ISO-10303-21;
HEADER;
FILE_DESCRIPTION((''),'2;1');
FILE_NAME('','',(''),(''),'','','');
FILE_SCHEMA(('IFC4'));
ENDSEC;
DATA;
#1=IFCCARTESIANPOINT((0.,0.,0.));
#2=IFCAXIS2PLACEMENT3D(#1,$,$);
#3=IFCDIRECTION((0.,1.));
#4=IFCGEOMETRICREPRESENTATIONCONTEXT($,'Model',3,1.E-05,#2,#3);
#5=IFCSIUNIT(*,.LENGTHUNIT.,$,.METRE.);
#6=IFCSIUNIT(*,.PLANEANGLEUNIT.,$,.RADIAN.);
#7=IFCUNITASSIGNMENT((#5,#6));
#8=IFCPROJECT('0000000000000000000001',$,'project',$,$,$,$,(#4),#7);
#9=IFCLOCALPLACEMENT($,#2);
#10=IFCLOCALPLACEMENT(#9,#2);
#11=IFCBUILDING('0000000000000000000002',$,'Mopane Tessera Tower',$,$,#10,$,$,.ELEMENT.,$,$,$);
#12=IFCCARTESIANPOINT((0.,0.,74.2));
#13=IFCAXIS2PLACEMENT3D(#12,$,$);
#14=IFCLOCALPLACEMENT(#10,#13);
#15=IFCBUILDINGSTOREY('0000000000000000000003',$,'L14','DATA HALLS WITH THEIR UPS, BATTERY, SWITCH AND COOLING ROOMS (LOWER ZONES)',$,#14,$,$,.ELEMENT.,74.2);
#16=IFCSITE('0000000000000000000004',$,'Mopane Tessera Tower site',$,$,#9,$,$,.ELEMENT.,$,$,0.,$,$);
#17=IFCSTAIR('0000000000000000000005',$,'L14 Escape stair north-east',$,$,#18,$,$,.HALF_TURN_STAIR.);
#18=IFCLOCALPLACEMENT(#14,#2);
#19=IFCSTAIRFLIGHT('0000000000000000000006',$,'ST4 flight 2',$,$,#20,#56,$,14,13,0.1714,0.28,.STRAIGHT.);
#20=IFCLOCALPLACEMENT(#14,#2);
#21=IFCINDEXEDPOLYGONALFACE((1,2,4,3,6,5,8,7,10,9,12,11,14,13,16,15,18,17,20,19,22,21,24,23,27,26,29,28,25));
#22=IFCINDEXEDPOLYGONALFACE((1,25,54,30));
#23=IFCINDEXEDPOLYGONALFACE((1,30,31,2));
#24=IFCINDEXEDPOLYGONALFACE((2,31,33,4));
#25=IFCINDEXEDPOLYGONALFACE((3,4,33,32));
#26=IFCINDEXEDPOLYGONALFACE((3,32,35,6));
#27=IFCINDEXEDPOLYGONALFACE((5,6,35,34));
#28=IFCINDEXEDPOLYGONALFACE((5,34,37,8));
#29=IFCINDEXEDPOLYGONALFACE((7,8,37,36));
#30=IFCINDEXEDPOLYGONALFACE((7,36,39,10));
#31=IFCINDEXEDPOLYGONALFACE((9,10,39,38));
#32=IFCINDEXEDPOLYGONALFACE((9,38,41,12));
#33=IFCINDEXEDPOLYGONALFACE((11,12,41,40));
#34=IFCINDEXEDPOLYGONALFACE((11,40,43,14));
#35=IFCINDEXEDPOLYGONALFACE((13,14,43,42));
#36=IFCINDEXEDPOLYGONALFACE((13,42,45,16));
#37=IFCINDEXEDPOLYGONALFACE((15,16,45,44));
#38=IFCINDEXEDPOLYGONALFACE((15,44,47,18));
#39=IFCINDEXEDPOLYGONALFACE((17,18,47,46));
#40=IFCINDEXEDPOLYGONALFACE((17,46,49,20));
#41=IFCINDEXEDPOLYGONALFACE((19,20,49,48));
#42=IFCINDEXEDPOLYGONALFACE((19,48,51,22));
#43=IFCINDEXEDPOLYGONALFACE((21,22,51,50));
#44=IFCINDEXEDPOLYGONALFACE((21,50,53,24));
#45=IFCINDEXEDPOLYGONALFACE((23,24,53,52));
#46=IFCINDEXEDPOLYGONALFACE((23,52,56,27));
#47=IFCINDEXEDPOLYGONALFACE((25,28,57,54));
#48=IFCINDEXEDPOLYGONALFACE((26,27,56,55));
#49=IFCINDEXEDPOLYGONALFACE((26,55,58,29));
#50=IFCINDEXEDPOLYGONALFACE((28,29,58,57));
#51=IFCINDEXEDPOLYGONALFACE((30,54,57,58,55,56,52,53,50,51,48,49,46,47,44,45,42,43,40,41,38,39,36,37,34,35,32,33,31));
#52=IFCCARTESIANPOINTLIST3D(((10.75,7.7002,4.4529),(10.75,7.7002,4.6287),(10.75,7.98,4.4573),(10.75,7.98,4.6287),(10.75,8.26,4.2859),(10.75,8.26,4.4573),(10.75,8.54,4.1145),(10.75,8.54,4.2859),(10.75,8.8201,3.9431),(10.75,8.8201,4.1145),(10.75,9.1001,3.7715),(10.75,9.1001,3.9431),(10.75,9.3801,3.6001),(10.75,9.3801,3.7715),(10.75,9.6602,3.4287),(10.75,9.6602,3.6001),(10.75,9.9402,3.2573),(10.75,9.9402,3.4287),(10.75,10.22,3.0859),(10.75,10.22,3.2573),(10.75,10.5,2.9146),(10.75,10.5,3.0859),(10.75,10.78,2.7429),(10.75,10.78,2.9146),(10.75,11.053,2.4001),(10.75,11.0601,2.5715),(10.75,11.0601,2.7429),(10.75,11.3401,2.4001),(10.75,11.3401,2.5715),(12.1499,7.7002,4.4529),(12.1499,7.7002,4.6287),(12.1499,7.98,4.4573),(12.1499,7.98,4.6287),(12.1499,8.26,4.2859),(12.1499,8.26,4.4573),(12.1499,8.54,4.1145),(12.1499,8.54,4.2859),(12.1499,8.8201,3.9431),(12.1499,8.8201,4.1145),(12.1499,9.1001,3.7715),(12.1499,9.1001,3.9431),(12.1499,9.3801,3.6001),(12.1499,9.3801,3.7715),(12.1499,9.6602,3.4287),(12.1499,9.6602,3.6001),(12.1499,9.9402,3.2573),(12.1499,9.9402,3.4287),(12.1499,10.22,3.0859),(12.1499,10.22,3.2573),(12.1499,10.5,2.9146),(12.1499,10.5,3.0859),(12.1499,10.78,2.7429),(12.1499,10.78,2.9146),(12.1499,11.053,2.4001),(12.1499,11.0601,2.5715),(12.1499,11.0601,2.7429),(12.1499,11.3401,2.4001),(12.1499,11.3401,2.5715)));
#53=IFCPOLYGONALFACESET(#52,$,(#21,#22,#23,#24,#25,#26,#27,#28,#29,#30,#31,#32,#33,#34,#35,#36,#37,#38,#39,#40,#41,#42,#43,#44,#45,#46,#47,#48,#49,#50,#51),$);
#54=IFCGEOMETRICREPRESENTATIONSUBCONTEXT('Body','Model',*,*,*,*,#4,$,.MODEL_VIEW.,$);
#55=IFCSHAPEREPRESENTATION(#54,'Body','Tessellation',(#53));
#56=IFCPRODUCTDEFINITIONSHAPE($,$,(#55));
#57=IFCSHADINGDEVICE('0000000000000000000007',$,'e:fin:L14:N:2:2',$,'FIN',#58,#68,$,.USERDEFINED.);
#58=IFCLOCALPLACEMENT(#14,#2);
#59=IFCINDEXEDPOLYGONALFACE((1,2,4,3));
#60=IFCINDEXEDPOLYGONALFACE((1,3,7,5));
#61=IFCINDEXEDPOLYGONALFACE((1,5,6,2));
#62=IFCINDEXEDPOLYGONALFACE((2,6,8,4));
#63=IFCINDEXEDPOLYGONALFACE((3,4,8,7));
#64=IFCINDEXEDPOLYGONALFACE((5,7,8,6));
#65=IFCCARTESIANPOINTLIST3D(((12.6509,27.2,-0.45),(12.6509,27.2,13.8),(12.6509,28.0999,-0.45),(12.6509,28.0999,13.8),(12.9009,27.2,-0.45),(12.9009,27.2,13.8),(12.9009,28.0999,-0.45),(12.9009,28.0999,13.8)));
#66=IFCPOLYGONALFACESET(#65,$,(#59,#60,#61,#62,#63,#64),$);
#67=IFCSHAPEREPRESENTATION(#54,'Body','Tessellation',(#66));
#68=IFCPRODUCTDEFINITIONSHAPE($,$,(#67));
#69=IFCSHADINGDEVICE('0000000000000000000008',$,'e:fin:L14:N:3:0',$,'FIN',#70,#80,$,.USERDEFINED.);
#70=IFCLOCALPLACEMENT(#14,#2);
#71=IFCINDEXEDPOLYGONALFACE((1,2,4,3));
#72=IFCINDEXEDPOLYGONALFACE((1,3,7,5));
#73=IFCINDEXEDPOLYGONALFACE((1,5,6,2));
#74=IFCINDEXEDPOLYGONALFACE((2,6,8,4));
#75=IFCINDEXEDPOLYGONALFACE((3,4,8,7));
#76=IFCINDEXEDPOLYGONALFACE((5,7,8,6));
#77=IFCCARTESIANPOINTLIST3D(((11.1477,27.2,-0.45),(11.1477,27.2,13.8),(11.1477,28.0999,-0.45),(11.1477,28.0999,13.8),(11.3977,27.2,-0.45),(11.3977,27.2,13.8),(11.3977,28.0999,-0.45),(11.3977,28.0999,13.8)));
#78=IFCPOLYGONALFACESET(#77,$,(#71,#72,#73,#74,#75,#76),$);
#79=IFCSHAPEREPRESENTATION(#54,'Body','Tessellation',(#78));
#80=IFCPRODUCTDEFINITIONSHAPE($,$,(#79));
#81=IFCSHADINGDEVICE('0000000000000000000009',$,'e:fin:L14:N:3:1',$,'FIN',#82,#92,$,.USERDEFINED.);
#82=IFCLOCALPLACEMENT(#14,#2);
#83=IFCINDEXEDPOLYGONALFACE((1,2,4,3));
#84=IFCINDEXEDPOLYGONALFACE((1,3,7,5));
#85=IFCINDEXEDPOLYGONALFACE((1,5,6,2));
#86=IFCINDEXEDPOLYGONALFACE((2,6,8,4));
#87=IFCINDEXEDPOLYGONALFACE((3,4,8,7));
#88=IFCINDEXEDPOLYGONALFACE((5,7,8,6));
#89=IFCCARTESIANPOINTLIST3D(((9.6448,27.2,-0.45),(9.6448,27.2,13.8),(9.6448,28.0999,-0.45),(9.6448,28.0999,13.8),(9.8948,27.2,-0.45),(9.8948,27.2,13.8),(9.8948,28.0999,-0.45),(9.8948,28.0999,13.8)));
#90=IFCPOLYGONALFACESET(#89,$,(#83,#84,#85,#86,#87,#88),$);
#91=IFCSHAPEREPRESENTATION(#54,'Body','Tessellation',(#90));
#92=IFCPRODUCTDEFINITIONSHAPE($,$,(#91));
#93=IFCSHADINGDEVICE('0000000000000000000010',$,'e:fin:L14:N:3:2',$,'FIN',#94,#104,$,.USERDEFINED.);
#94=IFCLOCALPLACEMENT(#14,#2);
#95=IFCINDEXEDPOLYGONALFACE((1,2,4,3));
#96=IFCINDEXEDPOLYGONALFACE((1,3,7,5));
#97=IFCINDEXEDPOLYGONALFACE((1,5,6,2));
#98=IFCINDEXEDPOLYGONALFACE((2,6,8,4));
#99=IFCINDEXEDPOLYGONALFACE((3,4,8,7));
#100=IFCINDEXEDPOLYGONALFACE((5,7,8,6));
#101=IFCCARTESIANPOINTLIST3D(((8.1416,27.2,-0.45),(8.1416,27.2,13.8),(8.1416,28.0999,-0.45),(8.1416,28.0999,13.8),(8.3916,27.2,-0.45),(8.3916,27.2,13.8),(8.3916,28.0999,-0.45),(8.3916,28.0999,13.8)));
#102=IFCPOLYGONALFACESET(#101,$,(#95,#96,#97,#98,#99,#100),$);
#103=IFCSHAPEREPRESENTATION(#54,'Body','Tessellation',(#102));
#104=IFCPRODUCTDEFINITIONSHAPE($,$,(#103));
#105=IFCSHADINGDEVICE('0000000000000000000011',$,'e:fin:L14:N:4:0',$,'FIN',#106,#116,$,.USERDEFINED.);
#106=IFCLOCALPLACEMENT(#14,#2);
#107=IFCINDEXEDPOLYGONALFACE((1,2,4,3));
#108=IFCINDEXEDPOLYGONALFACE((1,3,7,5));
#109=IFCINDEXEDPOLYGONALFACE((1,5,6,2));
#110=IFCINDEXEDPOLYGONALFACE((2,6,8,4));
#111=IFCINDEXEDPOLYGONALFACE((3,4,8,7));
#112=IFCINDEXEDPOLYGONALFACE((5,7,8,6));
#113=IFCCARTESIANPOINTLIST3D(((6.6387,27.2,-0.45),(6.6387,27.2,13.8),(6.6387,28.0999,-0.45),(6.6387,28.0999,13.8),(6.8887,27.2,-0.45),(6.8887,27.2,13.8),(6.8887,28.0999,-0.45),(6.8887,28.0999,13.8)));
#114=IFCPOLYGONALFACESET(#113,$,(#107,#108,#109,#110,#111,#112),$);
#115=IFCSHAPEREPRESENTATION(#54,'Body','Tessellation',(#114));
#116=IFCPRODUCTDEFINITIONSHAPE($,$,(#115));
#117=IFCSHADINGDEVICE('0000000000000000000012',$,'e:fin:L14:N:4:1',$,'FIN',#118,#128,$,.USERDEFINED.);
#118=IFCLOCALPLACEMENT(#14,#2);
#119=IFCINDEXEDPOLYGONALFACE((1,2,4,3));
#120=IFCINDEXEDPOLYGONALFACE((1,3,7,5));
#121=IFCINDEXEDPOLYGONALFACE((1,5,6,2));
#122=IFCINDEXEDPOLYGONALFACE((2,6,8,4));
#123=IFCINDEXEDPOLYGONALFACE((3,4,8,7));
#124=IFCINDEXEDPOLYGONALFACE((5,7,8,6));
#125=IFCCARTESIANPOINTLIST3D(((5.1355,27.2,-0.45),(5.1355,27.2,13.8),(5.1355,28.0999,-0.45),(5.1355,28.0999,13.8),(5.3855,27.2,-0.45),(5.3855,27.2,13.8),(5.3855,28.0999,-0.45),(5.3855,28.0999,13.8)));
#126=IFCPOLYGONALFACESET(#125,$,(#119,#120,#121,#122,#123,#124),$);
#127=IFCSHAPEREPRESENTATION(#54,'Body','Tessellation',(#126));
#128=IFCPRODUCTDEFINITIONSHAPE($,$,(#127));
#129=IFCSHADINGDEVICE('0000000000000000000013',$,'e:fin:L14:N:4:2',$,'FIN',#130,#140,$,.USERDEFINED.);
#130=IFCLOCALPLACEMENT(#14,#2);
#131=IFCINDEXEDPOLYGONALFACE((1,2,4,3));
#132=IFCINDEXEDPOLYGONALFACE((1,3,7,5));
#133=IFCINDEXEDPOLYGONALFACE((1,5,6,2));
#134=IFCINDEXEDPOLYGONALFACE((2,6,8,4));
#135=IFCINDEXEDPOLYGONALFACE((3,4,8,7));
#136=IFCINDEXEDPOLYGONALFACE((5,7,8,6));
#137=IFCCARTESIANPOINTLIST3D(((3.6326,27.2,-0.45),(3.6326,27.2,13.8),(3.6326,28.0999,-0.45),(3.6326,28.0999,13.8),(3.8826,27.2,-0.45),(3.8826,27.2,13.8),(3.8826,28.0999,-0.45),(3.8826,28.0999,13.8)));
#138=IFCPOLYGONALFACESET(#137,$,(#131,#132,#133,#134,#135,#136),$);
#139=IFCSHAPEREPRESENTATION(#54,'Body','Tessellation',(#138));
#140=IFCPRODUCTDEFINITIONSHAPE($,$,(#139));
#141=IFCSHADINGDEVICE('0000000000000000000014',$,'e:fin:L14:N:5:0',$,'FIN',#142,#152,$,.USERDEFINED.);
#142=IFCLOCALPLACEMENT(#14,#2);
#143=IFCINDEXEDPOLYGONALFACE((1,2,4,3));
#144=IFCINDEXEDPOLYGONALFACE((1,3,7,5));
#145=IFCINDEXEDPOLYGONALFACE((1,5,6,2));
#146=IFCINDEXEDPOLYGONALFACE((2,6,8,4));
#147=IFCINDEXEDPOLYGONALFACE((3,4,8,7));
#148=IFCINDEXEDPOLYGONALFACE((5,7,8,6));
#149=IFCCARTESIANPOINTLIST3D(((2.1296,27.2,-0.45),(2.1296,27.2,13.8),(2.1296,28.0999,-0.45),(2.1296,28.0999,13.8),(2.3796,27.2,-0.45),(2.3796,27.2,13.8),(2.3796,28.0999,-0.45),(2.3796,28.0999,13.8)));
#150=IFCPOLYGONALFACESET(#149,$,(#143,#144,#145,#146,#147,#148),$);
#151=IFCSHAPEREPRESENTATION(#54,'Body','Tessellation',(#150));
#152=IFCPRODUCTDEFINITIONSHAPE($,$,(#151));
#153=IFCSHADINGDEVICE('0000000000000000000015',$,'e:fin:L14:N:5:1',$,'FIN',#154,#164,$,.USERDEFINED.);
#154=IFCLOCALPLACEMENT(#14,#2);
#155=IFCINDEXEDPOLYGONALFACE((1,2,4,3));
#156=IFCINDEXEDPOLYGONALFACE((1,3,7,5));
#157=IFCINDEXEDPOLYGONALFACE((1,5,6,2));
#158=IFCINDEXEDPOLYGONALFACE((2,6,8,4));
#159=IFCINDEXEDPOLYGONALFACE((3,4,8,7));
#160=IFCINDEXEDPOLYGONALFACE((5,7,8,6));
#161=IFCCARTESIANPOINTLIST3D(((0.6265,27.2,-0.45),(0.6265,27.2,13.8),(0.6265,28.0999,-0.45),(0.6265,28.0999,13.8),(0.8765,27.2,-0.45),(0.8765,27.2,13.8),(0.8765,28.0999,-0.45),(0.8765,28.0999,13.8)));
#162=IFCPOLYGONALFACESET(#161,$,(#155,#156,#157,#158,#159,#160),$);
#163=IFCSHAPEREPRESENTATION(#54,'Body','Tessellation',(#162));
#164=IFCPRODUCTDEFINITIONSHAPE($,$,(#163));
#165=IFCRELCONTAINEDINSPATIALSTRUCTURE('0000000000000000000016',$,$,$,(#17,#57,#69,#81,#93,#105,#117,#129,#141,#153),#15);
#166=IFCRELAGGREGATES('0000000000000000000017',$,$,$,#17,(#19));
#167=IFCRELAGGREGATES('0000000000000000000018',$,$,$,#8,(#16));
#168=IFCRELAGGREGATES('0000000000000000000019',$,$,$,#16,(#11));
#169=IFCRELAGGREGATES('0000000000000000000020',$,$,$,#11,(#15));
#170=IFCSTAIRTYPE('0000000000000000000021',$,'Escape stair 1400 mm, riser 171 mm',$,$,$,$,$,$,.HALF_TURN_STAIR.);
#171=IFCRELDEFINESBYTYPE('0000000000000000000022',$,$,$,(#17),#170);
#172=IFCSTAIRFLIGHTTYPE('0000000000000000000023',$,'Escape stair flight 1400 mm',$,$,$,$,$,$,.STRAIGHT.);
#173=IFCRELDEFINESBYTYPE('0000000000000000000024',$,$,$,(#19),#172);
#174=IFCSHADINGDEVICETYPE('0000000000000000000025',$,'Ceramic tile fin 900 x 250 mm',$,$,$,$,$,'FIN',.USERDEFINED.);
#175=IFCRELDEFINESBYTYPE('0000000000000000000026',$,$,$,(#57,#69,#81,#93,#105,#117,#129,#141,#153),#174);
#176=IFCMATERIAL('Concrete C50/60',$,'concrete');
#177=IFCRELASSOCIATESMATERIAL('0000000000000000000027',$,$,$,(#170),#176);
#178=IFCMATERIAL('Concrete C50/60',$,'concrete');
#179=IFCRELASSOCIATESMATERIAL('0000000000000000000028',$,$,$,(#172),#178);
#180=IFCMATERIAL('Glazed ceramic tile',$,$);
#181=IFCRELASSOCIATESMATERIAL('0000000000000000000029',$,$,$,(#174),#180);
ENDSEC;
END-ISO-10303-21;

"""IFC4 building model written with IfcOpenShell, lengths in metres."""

from ifc_helpers import new_model, si_unit, direction, frame, origin, origin_2d, place, context, subcontext, project, spatial, polyline, rectangle, outline, extrude, material, type_object, element, aggregate, save


model = new_model("IFC4")

# Units and contexts
model_context = context("Model", 3, precision=1e-05, world=origin(), true_north=direction((0.0, 1.0)))
body_context = subcontext(model_context, "Body", "Model", "MODEL_VIEW")
ifc_project = project(units=[si_unit("LENGTHUNIT", "METRE"), si_unit("PLANEANGLEUNIT", "RADIAN")], contexts=[model_context])

# Site, building, storey
site_placement = place(None, origin())
site = spatial("IfcSite", under=ifc_project, at=site_placement, Name="Mopane Tessera Tower site", CompositionType="ELEMENT", RefElevation=0.0)
building_placement = place(site_placement, origin())
building = spatial("IfcBuilding", under=site, at=building_placement, Name="Mopane Tessera Tower", CompositionType="ELEMENT")
storey_placement = place(building_placement, frame((0.0, 0.0, 74.2)))
storey = spatial("IfcBuildingStorey", under=building, at=storey_placement, Name="L14", Description="DATA HALLS WITH THEIR UPS, BATTERY, SWITCH AND COOLING ROOMS (LOWER ZONES)", CompositionType="ELEMENT", Elevation=74.2)

# Stair, stair flight
ifc_material_1 = material(Name="Concrete C50/60", Category="concrete")
stair_type = type_object("IfcStairType", Name="Escape stair 1400 mm, riser 171 mm", PredefinedType="HALF_TURN_STAIR", material=ifc_material_1)
stair_placement = place(storey_placement, origin())
stair = element("IfcStair", 1, at=stair_placement, inside=storey, type_object=stair_type, Name="L14 Escape stair north-east", PredefinedType="HALF_TURN_STAIR")
ifc_material_2 = material(Name="Concrete C50/60", Category="concrete")
stair_flight_type = type_object("IfcStairFlightType", Name="Escape stair flight 1400 mm", PredefinedType="STRAIGHT", material=ifc_material_2)
stair_flight_placement = place(storey_placement, frame((11.45, 11.3401, 2.4001), z_axis=(0.0, 0.0, 1.0), x_axis=(0.0, -1.0, 0.0)))
stair_flight = element("IfcStairFlight", 2, at=stair_flight_placement, type_object=stair_flight_type, Name="ST4 flight 2", NumberOfRisers=14, NumberOfTreads=13, PredefinedType="STRAIGHT", RiserHeight=0.1714, TreadLength=0.28, context=body_context, shape_type="SweptSolid", body=[
    extrude(outline(polyline([(0.0, 0.0), (0.0, 0.1714), (0.28, 0.1714), (0.28, 0.3428), (0.5601, 0.3428), (0.5601, 0.5144), (0.8401, 0.5144), (0.8401, 0.6858), (1.1201, 0.6858), (1.1201, 0.8572), (1.3999, 0.8572), (1.3999, 1.0286), (1.6799, 1.0286), (1.6799, 1.2), (1.96, 1.2), (1.96, 1.3713), (2.24, 1.3713), (2.24, 1.543), (2.52, 1.543), (2.52, 1.7144), (2.8, 1.7144), (2.8, 1.8857), (3.0801, 1.8857), (3.0801, 2.0571), (3.3601, 2.0571), (3.3601, 2.2285), (3.6399, 2.2285), (3.6399, 2.3999), (3.6399, 2.0527), (0.2871, 0.0), (0.0, 0.0)])), frame((0.0, 0.7, 0.0), z_axis=(0.0, -1.0, 0.0), x_axis=(1.0, 0.0, 0.0)), (0.0, 0.0, 1.0), 1.3999),
])
aggregate(stair, [stair_flight])

# Shading devices
ifc_material_3 = material(Name="Glazed ceramic tile")
shading_device_type = type_object("IfcShadingDeviceType", Name="Ceramic tile fin 900 x 250 mm", ElementType="FIN", PredefinedType="USERDEFINED", material=ifc_material_3)
for number, where, z_axis, x_axis, name in (
    (3, (12.7759, 27.6499, -0.45), (0.0, 0.0, 1.0), (-1.0, 0.0, 0.0), "e:fin:L14:N:2:2"),
    (4, (11.2727, 27.6499, -0.45), (0.0, 0.0, 1.0), (-1.0, 0.0, 0.0), "e:fin:L14:N:3:0"),
    (5, (9.7698, 27.6499, -0.45), (0.0, 0.0, 1.0), (-1.0, 0.0, 0.0), "e:fin:L14:N:3:1"),
    (6, (8.2666, 27.6499, -0.45), (0.0, 0.0, 1.0), (-1.0, 0.0, 0.0), "e:fin:L14:N:3:2"),
    (7, (6.7637, 27.6499, -0.45), (0.0, 0.0, 1.0), (-1.0, 0.0, 0.0), "e:fin:L14:N:4:0"),
    (8, (5.2605, 27.6499, -0.45), (0.0, 0.0, 1.0), (-1.0, 0.0, 0.0), "e:fin:L14:N:4:1"),
    (9, (3.7576, 27.6499, -0.45), (0.0, 0.0, 1.0), (-1.0, 0.0, 0.0), "e:fin:L14:N:4:2"),
    (10, (2.2546, 27.6499, -0.45), (0.0, 0.0, 1.0), (-1.0, 0.0, 0.0), "e:fin:L14:N:5:0"),
    (11, (0.7515, 27.6499, -0.45), (0.0, 0.0, 1.0), (-1.0, 0.0, 0.0), "e:fin:L14:N:5:1"),
):
    element("IfcShadingDevice", number, at=place(storey_placement, frame(where, z_axis=z_axis, x_axis=x_axis)), inside=storey, type_object=shading_device_type, Name=name, ObjectType="FIN", PredefinedType="USERDEFINED", context=body_context, shape_type="SweptSolid", body=[
        extrude(rectangle(XDim=0.25, YDim=0.8999, at=origin_2d()), origin(), (0.0, 0.0, 1.0), 14.25),
    ])

save(model, "model.ifc")
